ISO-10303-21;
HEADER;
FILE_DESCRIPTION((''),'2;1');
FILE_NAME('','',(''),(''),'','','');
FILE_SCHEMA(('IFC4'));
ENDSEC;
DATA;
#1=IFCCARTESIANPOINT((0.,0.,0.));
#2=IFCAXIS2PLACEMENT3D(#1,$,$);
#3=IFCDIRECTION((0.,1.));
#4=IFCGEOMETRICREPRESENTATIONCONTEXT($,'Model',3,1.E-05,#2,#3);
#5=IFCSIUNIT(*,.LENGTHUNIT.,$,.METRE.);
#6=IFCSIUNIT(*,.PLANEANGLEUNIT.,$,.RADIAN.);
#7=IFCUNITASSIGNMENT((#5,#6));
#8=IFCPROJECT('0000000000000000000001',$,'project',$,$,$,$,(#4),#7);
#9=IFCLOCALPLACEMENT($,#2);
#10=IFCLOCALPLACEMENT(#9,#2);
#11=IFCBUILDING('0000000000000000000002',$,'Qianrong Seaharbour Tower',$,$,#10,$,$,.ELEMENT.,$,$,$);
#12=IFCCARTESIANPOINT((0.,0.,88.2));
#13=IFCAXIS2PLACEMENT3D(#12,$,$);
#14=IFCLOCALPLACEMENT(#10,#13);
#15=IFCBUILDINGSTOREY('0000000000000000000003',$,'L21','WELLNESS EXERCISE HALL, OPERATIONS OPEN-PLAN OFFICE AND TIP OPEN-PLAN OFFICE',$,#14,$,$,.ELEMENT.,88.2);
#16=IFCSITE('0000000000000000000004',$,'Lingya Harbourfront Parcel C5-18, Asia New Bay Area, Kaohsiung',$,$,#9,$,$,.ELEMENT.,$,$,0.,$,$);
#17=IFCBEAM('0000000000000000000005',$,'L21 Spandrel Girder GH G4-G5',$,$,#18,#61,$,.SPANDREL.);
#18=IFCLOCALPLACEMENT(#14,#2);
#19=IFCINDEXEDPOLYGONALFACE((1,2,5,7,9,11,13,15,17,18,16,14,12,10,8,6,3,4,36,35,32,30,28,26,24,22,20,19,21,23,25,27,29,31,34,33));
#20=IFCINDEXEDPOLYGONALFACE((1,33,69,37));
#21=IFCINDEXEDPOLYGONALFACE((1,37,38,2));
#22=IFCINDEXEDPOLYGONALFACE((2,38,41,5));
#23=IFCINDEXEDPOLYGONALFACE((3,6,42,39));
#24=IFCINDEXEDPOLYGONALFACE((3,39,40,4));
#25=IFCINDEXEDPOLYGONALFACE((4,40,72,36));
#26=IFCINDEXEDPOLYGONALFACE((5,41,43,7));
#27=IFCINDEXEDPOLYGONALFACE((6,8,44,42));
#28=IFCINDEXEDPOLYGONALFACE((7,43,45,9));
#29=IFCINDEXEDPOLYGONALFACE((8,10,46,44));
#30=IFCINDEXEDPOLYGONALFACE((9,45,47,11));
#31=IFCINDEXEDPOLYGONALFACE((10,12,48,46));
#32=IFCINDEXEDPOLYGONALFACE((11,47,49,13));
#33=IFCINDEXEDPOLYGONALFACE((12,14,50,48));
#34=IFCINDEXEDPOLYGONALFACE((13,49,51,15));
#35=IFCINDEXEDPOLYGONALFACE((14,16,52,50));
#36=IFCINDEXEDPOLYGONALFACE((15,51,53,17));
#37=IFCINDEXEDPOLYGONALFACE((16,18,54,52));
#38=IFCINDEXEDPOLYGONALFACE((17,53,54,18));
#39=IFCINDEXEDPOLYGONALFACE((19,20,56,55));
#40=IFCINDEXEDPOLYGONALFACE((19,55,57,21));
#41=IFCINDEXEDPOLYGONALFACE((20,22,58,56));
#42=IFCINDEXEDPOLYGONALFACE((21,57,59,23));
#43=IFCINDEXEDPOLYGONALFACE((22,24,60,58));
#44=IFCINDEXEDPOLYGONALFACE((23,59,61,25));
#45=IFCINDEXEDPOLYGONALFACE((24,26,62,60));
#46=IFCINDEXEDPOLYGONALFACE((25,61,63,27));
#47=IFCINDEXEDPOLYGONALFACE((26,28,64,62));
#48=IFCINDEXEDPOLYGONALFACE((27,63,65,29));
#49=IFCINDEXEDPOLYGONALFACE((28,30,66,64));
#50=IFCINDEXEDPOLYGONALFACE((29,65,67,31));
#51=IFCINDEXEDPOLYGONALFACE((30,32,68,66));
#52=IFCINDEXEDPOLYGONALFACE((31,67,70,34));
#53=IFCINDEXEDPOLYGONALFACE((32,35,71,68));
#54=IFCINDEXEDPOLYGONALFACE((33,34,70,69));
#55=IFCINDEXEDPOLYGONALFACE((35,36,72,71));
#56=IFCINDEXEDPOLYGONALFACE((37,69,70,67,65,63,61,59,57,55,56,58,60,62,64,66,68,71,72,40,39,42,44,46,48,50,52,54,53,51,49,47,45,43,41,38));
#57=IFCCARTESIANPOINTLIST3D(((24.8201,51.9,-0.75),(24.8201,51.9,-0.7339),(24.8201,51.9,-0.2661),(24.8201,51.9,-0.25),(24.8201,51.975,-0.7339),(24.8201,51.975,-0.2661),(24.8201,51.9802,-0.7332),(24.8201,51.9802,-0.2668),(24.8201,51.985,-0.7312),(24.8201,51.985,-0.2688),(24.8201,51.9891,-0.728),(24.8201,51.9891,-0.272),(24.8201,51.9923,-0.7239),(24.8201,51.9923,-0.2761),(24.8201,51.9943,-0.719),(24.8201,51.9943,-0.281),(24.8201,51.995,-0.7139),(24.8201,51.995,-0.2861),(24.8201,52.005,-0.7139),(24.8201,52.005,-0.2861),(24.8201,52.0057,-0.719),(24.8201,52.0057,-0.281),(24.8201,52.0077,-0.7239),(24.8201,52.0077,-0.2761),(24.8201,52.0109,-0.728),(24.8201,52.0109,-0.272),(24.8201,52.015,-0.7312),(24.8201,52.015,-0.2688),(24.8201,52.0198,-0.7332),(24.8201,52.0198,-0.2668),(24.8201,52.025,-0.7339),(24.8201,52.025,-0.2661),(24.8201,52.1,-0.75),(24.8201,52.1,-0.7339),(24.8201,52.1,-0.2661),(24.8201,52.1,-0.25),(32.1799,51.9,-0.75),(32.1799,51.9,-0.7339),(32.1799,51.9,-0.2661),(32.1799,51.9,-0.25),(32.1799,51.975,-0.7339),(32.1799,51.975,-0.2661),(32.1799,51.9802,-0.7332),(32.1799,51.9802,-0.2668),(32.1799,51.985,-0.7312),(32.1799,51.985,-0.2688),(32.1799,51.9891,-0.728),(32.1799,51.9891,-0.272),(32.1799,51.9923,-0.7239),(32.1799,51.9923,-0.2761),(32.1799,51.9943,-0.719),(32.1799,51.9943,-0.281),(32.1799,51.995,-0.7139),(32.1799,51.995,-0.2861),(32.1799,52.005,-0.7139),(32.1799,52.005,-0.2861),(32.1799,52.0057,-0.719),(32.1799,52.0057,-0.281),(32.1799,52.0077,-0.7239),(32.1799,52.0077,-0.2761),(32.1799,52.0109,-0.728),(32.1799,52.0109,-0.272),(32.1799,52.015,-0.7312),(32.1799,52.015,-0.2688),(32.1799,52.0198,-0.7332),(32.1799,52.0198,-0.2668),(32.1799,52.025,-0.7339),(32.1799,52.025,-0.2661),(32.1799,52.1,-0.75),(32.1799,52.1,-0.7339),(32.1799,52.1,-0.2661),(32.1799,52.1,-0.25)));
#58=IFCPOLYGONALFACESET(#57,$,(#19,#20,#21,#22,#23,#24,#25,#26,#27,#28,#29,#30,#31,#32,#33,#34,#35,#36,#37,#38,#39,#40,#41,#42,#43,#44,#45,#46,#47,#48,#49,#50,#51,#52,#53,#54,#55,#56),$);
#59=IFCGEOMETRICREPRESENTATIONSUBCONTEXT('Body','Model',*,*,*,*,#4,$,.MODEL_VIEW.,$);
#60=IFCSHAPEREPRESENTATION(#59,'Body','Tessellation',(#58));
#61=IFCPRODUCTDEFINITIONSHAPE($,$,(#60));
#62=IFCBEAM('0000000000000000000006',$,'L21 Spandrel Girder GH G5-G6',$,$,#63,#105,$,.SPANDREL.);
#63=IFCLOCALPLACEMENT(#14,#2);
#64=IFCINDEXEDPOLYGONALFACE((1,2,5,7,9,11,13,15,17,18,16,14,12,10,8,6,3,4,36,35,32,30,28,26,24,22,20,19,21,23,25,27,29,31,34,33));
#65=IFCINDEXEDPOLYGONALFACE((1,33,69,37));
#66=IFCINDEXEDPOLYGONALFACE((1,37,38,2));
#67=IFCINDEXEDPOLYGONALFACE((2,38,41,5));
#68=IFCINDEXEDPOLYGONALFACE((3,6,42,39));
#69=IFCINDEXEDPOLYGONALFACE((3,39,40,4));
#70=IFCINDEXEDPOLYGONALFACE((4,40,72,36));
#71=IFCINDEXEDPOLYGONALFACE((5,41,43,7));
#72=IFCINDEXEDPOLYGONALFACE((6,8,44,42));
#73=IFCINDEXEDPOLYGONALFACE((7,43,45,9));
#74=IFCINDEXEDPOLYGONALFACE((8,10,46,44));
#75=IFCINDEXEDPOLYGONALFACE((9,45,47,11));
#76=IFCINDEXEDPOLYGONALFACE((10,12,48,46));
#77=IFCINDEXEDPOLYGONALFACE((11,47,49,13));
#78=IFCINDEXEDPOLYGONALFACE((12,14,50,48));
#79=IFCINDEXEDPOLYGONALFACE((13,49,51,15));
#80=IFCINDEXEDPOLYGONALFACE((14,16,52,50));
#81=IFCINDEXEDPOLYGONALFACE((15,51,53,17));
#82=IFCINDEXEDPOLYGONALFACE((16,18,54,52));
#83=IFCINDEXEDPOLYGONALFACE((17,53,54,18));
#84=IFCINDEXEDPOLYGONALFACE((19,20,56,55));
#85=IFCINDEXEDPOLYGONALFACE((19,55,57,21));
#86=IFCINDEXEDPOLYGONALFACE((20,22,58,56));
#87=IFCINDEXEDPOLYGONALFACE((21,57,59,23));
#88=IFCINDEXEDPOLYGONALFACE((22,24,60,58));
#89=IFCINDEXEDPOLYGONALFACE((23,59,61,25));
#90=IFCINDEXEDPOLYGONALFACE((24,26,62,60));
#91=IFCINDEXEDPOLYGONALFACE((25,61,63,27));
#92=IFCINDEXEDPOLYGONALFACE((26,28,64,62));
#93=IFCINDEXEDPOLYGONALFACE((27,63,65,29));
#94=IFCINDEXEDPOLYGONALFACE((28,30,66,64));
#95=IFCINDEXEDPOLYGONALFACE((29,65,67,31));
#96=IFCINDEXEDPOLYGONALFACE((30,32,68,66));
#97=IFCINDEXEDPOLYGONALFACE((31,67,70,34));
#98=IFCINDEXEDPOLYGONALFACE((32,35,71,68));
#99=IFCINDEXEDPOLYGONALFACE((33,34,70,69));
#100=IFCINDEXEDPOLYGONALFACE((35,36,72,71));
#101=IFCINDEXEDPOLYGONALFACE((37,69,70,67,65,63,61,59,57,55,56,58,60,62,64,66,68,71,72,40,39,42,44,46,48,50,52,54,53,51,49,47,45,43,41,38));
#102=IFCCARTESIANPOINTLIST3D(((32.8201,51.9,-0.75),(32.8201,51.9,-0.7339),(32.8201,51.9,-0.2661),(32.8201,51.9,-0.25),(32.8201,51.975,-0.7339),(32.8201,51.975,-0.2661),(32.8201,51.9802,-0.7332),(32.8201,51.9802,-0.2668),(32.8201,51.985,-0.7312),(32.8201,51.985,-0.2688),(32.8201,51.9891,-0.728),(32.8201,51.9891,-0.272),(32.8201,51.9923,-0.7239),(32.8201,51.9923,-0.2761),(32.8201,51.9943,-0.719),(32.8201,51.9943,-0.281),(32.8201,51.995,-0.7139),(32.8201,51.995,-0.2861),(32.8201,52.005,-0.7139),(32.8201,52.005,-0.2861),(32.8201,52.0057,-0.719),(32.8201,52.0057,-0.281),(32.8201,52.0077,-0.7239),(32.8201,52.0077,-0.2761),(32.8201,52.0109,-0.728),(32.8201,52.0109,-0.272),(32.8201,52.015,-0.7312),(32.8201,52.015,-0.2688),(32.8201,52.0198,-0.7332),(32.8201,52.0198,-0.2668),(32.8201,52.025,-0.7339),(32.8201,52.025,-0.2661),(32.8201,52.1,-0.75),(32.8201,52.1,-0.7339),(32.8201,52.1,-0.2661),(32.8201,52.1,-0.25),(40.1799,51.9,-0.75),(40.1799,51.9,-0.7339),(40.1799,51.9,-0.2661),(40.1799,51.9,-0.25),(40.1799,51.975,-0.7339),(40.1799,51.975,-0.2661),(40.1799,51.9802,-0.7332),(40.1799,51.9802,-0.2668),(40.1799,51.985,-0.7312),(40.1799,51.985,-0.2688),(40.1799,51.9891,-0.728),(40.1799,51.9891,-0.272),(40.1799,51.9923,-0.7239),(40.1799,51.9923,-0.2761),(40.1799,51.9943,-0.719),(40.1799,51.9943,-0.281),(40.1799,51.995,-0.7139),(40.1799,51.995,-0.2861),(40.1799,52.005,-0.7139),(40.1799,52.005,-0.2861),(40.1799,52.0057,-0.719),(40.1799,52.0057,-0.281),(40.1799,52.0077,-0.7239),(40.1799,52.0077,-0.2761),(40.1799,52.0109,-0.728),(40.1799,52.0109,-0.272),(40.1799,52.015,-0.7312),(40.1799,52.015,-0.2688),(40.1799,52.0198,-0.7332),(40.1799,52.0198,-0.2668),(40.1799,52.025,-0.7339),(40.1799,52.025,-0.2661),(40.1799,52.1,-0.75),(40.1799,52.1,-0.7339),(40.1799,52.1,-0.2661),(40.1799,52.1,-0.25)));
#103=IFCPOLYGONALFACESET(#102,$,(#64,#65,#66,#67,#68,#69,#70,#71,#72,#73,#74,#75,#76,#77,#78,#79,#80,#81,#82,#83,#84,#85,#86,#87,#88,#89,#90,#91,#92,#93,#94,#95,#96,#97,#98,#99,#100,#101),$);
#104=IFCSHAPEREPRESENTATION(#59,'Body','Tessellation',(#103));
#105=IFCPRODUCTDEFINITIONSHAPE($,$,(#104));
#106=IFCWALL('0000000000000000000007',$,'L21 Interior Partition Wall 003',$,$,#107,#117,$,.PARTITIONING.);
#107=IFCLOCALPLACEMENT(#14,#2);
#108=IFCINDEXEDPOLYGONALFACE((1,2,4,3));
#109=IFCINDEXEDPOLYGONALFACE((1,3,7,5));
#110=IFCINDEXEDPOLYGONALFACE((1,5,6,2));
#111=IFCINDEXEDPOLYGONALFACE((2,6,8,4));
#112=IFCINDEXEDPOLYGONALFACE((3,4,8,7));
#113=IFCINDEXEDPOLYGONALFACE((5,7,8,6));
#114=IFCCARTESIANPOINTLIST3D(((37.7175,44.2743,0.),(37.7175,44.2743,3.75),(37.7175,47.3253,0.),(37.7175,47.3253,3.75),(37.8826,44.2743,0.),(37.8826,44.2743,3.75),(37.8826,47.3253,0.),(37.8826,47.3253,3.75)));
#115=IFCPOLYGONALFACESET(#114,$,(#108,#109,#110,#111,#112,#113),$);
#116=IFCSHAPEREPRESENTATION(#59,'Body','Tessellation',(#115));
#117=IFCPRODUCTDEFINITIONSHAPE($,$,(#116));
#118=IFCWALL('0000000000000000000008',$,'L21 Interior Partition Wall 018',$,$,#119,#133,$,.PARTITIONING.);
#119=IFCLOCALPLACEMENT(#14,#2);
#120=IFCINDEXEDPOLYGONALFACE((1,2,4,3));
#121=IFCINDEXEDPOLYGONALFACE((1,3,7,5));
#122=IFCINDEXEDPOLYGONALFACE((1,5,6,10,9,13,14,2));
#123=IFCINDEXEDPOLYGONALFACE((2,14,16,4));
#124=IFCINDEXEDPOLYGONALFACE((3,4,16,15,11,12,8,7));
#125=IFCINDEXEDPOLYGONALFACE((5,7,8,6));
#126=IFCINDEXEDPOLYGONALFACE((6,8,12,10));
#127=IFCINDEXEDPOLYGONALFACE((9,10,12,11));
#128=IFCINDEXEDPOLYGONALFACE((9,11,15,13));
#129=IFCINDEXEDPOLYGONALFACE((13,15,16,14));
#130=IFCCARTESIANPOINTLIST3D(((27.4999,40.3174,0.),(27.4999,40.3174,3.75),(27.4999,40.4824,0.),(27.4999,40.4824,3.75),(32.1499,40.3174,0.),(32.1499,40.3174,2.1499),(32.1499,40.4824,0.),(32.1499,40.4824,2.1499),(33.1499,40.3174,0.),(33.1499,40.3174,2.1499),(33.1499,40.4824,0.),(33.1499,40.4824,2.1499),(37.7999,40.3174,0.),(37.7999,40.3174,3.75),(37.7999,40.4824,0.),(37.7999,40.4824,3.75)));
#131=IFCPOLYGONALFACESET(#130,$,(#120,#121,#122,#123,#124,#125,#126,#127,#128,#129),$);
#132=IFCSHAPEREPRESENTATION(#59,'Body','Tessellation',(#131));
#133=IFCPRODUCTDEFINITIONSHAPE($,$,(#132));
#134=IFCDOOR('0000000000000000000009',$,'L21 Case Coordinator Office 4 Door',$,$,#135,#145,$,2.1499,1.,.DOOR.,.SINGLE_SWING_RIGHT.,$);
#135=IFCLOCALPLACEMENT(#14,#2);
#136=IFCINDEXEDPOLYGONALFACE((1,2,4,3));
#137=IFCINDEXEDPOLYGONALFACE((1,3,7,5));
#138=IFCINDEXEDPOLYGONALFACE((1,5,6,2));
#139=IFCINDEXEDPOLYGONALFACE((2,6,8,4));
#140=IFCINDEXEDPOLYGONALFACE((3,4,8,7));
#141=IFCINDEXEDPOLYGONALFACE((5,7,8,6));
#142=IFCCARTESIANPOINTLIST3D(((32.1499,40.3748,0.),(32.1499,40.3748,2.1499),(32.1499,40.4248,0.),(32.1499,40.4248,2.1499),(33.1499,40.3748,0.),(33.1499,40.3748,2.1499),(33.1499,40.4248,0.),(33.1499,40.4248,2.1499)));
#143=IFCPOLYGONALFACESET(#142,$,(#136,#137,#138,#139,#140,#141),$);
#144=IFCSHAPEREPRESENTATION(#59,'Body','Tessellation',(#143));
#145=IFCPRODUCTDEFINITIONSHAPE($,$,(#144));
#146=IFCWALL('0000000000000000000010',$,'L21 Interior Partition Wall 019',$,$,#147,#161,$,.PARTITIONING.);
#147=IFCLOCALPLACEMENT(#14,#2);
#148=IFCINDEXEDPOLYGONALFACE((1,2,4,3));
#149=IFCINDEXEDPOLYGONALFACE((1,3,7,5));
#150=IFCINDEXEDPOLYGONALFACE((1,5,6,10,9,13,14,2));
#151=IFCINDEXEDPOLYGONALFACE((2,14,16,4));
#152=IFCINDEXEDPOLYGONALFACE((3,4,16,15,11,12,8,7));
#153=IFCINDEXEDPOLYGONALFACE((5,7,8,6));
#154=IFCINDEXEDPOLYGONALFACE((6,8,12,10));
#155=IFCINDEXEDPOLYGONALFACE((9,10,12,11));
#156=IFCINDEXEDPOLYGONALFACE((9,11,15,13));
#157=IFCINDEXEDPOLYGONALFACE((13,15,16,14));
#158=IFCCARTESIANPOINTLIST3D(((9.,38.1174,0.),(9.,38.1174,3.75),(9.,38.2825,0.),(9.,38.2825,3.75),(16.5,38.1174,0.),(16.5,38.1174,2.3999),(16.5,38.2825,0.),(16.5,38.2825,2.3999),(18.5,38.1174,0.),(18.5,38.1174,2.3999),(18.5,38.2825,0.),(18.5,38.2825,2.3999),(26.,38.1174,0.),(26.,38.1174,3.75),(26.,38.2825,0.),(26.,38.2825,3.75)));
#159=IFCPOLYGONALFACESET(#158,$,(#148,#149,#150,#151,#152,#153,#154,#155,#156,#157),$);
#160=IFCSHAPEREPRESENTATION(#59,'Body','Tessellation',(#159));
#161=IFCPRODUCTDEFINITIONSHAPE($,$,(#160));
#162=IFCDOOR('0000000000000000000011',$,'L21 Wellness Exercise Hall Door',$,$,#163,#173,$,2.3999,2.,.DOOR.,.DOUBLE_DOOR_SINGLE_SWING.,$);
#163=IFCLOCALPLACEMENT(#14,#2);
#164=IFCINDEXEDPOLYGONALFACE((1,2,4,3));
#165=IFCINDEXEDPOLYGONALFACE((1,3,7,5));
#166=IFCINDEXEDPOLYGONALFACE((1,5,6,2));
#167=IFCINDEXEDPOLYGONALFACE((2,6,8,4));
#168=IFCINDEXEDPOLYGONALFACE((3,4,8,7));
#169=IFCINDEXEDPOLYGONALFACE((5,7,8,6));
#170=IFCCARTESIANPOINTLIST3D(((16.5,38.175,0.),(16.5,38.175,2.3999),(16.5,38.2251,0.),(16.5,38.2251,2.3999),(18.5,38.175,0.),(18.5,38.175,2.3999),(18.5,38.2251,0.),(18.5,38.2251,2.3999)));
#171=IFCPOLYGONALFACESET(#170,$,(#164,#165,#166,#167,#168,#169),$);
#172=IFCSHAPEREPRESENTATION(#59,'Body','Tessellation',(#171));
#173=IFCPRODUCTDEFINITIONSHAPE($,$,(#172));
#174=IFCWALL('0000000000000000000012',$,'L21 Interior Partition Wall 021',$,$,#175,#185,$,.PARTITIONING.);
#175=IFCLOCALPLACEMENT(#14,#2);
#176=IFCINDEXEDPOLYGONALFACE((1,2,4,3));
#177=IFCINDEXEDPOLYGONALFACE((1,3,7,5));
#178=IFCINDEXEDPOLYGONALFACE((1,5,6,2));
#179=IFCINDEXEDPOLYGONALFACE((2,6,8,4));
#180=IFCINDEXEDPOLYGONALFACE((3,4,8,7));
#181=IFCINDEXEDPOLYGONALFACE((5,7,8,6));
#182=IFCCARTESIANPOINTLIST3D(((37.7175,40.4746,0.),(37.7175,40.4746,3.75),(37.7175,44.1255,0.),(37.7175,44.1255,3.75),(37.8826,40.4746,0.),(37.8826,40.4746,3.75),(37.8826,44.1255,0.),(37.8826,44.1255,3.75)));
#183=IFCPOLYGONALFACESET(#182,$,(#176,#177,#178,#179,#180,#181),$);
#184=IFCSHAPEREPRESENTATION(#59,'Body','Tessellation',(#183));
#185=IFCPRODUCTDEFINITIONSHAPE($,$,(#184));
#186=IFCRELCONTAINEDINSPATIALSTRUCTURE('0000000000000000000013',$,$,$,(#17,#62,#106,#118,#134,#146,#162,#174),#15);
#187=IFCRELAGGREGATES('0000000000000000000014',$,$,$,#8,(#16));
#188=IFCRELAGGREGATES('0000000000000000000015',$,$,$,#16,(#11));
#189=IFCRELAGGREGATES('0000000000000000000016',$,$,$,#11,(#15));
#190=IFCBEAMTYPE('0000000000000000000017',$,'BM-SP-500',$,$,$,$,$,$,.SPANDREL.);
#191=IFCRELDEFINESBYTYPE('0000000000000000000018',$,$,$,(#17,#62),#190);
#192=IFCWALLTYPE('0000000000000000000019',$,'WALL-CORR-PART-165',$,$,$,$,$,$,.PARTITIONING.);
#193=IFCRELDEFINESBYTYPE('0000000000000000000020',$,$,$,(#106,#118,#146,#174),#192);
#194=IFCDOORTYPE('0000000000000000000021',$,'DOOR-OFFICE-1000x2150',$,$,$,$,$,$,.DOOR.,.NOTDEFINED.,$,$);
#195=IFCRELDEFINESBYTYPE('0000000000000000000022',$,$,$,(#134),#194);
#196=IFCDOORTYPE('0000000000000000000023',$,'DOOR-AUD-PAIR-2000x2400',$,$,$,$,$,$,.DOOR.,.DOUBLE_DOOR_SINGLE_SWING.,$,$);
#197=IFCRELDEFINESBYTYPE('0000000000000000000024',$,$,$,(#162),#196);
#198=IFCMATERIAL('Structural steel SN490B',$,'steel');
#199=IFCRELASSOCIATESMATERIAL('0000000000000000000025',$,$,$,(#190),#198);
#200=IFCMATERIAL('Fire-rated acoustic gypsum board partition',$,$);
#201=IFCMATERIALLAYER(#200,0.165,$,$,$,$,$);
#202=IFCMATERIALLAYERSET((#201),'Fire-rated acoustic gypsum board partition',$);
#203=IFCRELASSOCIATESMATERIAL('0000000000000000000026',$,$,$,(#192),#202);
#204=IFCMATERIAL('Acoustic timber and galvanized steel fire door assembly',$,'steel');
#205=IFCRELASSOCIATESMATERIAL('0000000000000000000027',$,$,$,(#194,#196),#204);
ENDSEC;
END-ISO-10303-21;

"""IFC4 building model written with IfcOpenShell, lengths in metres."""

from ifc_helpers import new_model, si_unit, direction, frame, frame_2d, origin, origin_2d, place, context, subcontext, project, spatial, rectangle, i_section, extrude, material, layer, layer_set, material_profile, profile_set, type_object, element, fill, save


model = new_model("IFC4")

# Units and contexts
model_context = context("Model", 3, precision=1e-05, world=origin(), true_north=direction((0.0, 1.0)))
body_context = subcontext(model_context, "Body", "Model", "MODEL_VIEW")
ifc_project = project(units=[si_unit("LENGTHUNIT", "METRE"), si_unit("PLANEANGLEUNIT", "RADIAN")], contexts=[model_context])

# Site, building, storey
site_placement = place(None, origin())
site = spatial("IfcSite", under=ifc_project, at=site_placement, Name="Lingya Harbourfront Parcel C5-18, Asia New Bay Area, Kaohsiung", CompositionType="ELEMENT", RefElevation=0.0)
building_placement = place(site_placement, origin())
building = spatial("IfcBuilding", under=site, at=building_placement, Name="Qianrong Seaharbour Tower", CompositionType="ELEMENT")
storey_placement = place(building_placement, frame((0.0, 0.0, 88.2)))
storey = spatial("IfcBuildingStorey", under=building, at=storey_placement, Name="L21", Description="WELLNESS EXERCISE HALL, OPERATIONS OPEN-PLAN OFFICE AND TIP OPEN-PLAN OFFICE", CompositionType="ELEMENT", Elevation=88.2)

# Shared definitions
ifc_material_1 = material(Name="Structural steel SN490B", Category="steel")

# Beams
ifc_material_profile_1 = material_profile(ifc_material_1, i_section(OverallWidth=0.2, OverallDepth=0.5, WebThickness=0.01, FlangeThickness=0.0161, FilletRadius=0.02, at=origin_2d()), Name="H500x200x10x16")
ifc_profile_set_1 = profile_set([ifc_material_profile_1], Name="Structural steel SN490B")
beam_type_1 = type_object("IfcBeamType", Name="BM-SP-500", PredefinedType="SPANDREL", material=ifc_profile_set_1)
for number, where, z_axis, x_axis, name in (
    (1, (24.8201, 52.0, -0.5), (1.0, 0.0, 0.0), (0.0, 1.0, 0.0), "L21 Spandrel Girder GH G4-G5"),
    (2, (32.8201, 52.0, -0.5), (1.0, 0.0, 0.0), (0.0, 1.0, 0.0), "L21 Spandrel Girder GH G5-G6"),
):
    element("IfcBeam", number, at=place(storey_placement, frame(where, z_axis=z_axis, x_axis=x_axis)), inside=storey, type_object=beam_type_1, Name=name, PredefinedType="SPANDREL", context=body_context, shape_type="SweptSolid", body=[
        extrude(i_section(OverallWidth=0.2, OverallDepth=0.5, WebThickness=0.01, FlangeThickness=0.0161, FilletRadius=0.02, at=origin_2d()), origin(), (0.0, 0.0, 1.0), 7.3599),
    ])

# Wall
ifc_material_2 = material(Name="Fire-rated acoustic gypsum board partition")
ifc_layer_1 = layer(ifc_material_2, 0.165)
ifc_layer_set_1 = layer_set([ifc_layer_1], Name="Fire-rated acoustic gypsum board partition")
wall_type_1 = type_object("IfcWallType", Name="WALL-CORR-PART-165", PredefinedType="PARTITIONING", material=ifc_layer_set_1)
wall_1_placement = place(storey_placement, frame((37.8, 44.2744, 0.0), z_axis=(0.0, 0.0, 1.0), x_axis=(0.0, 1.0, 0.0)))
element("IfcWall", 3, at=wall_1_placement, inside=storey, type_object=wall_type_1, Name="L21 Interior Partition Wall 003", PredefinedType="PARTITIONING", context=body_context, shape_type="SweptSolid", body=[
    extrude(rectangle(XDim=3.051, YDim=0.165, at=frame_2d((1.5254, 0.0))), origin(), (0.0, 0.0, 1.0), 3.75),
])

# Walls, openings, doors
wall_2_placement = place(storey_placement, frame((27.5, 40.3999, 0.0), z_axis=(0.0, 0.0, 1.0), x_axis=(1.0, 0.0, 0.0)))
wall_2 = element("IfcWall", 4, at=wall_2_placement, inside=storey, type_object=wall_type_1, Name="L21 Interior Partition Wall 018", PredefinedType="PARTITIONING", context=body_context, shape_type="SweptSolid", body=[
    extrude(rectangle(XDim=10.3, YDim=0.165, at=frame_2d((5.1499, 0.0))), origin(), (0.0, 0.0, 1.0), 3.75),
])
opening_1_placement = place(wall_2_placement, frame((4.6499, 0.0, 0.0)))
opening_1 = element("IfcOpeningElement", 5, at=opening_1_placement, cuts=wall_2, PredefinedType="OPENING", context=body_context, shape_type="SweptSolid", body=[
    extrude(rectangle(XDim=1.0, YDim=2.1499, at=frame_2d((0.5, 1.075))), frame((0.0, 0.0925, 0.0), z_axis=(0.0, -1.0, 0.0), x_axis=(1.0, 0.0, 0.0)), (0.0, 0.0, 1.0), 0.1851),
])
ifc_material_3 = material(Name="Acoustic timber and galvanized steel fire door assembly", Category="steel")
door_type_1 = type_object("IfcDoorType", Name="DOOR-OFFICE-1000x2150", OperationType="NOTDEFINED", PredefinedType="DOOR", material=ifc_material_3)
door_1_placement = place(opening_1_placement, origin())
door_1 = element("IfcDoor", 6, at=door_1_placement, inside=storey, type_object=door_type_1, Name="L21 Case Coordinator Office 4 Door", OperationType="SINGLE_SWING_RIGHT", OverallHeight=2.1499, OverallWidth=1.0, PredefinedType="DOOR", context=body_context, shape_type="SweptSolid", body=[
    extrude(rectangle(XDim=1.0, YDim=2.1499, at=frame_2d((0.5, 1.075))), frame((0.0, 0.0249, 0.0), z_axis=(0.0, -1.0, 0.0), x_axis=(1.0, 0.0, 0.0)), (0.0, 0.0, 1.0), 0.05),
])
fill(opening_1, door_1)
wall_3_placement = place(storey_placement, frame((26.0, 38.2, 0.0), z_axis=(0.0, 0.0, 1.0), x_axis=(-1.0, 0.0, 0.0)))
wall_3 = element("IfcWall", 7, at=wall_3_placement, inside=storey, type_object=wall_type_1, Name="L21 Interior Partition Wall 019", PredefinedType="PARTITIONING", context=body_context, shape_type="SweptSolid", body=[
    extrude(rectangle(XDim=17.0, YDim=0.165, at=frame_2d((8.5, 0.0))), origin(), (0.0, 0.0, 1.0), 3.75),
])
opening_2_placement = place(wall_3_placement, frame((7.5, 0.0, 0.0)))
opening_2 = element("IfcOpeningElement", 8, at=opening_2_placement, cuts=wall_3, PredefinedType="OPENING", context=body_context, shape_type="SweptSolid", body=[
    extrude(rectangle(XDim=2.0, YDim=2.3999, at=frame_2d((1.0, 1.2))), frame((0.0, 0.0925, 0.0), z_axis=(0.0, -1.0, 0.0), x_axis=(1.0, 0.0, 0.0)), (0.0, 0.0, 1.0), 0.1851),
])
door_type_2 = type_object("IfcDoorType", Name="DOOR-AUD-PAIR-2000x2400", OperationType="DOUBLE_DOOR_SINGLE_SWING", PredefinedType="DOOR", material=ifc_material_3)
door_2_placement = place(opening_2_placement, origin())
door_2 = element("IfcDoor", 9, at=door_2_placement, inside=storey, type_object=door_type_2, Name="L21 Wellness Exercise Hall Door", OperationType="DOUBLE_DOOR_SINGLE_SWING", OverallHeight=2.3999, OverallWidth=2.0, PredefinedType="DOOR", context=body_context, shape_type="SweptSolid", body=[
    extrude(rectangle(XDim=2.0, YDim=2.3999, at=frame_2d((1.0, 1.2))), frame((0.0, 0.0249, 0.0), z_axis=(0.0, -1.0, 0.0), x_axis=(1.0, 0.0, 0.0)), (0.0, 0.0, 1.0), 0.05),
])
fill(opening_2, door_2)

# Wall
wall_4_placement = place(storey_placement, frame((37.8, 40.4746, 0.0), z_axis=(0.0, 0.0, 1.0), x_axis=(0.0, 1.0, 0.0)))
element("IfcWall", 10, at=wall_4_placement, inside=storey, type_object=wall_type_1, Name="L21 Interior Partition Wall 021", PredefinedType="PARTITIONING", context=body_context, shape_type="SweptSolid", body=[
    extrude(rectangle(XDim=3.6509, YDim=0.165, at=frame_2d((1.8254, 0.0))), origin(), (0.0, 0.0, 1.0), 3.75),
])

save(model, "model.ifc")
